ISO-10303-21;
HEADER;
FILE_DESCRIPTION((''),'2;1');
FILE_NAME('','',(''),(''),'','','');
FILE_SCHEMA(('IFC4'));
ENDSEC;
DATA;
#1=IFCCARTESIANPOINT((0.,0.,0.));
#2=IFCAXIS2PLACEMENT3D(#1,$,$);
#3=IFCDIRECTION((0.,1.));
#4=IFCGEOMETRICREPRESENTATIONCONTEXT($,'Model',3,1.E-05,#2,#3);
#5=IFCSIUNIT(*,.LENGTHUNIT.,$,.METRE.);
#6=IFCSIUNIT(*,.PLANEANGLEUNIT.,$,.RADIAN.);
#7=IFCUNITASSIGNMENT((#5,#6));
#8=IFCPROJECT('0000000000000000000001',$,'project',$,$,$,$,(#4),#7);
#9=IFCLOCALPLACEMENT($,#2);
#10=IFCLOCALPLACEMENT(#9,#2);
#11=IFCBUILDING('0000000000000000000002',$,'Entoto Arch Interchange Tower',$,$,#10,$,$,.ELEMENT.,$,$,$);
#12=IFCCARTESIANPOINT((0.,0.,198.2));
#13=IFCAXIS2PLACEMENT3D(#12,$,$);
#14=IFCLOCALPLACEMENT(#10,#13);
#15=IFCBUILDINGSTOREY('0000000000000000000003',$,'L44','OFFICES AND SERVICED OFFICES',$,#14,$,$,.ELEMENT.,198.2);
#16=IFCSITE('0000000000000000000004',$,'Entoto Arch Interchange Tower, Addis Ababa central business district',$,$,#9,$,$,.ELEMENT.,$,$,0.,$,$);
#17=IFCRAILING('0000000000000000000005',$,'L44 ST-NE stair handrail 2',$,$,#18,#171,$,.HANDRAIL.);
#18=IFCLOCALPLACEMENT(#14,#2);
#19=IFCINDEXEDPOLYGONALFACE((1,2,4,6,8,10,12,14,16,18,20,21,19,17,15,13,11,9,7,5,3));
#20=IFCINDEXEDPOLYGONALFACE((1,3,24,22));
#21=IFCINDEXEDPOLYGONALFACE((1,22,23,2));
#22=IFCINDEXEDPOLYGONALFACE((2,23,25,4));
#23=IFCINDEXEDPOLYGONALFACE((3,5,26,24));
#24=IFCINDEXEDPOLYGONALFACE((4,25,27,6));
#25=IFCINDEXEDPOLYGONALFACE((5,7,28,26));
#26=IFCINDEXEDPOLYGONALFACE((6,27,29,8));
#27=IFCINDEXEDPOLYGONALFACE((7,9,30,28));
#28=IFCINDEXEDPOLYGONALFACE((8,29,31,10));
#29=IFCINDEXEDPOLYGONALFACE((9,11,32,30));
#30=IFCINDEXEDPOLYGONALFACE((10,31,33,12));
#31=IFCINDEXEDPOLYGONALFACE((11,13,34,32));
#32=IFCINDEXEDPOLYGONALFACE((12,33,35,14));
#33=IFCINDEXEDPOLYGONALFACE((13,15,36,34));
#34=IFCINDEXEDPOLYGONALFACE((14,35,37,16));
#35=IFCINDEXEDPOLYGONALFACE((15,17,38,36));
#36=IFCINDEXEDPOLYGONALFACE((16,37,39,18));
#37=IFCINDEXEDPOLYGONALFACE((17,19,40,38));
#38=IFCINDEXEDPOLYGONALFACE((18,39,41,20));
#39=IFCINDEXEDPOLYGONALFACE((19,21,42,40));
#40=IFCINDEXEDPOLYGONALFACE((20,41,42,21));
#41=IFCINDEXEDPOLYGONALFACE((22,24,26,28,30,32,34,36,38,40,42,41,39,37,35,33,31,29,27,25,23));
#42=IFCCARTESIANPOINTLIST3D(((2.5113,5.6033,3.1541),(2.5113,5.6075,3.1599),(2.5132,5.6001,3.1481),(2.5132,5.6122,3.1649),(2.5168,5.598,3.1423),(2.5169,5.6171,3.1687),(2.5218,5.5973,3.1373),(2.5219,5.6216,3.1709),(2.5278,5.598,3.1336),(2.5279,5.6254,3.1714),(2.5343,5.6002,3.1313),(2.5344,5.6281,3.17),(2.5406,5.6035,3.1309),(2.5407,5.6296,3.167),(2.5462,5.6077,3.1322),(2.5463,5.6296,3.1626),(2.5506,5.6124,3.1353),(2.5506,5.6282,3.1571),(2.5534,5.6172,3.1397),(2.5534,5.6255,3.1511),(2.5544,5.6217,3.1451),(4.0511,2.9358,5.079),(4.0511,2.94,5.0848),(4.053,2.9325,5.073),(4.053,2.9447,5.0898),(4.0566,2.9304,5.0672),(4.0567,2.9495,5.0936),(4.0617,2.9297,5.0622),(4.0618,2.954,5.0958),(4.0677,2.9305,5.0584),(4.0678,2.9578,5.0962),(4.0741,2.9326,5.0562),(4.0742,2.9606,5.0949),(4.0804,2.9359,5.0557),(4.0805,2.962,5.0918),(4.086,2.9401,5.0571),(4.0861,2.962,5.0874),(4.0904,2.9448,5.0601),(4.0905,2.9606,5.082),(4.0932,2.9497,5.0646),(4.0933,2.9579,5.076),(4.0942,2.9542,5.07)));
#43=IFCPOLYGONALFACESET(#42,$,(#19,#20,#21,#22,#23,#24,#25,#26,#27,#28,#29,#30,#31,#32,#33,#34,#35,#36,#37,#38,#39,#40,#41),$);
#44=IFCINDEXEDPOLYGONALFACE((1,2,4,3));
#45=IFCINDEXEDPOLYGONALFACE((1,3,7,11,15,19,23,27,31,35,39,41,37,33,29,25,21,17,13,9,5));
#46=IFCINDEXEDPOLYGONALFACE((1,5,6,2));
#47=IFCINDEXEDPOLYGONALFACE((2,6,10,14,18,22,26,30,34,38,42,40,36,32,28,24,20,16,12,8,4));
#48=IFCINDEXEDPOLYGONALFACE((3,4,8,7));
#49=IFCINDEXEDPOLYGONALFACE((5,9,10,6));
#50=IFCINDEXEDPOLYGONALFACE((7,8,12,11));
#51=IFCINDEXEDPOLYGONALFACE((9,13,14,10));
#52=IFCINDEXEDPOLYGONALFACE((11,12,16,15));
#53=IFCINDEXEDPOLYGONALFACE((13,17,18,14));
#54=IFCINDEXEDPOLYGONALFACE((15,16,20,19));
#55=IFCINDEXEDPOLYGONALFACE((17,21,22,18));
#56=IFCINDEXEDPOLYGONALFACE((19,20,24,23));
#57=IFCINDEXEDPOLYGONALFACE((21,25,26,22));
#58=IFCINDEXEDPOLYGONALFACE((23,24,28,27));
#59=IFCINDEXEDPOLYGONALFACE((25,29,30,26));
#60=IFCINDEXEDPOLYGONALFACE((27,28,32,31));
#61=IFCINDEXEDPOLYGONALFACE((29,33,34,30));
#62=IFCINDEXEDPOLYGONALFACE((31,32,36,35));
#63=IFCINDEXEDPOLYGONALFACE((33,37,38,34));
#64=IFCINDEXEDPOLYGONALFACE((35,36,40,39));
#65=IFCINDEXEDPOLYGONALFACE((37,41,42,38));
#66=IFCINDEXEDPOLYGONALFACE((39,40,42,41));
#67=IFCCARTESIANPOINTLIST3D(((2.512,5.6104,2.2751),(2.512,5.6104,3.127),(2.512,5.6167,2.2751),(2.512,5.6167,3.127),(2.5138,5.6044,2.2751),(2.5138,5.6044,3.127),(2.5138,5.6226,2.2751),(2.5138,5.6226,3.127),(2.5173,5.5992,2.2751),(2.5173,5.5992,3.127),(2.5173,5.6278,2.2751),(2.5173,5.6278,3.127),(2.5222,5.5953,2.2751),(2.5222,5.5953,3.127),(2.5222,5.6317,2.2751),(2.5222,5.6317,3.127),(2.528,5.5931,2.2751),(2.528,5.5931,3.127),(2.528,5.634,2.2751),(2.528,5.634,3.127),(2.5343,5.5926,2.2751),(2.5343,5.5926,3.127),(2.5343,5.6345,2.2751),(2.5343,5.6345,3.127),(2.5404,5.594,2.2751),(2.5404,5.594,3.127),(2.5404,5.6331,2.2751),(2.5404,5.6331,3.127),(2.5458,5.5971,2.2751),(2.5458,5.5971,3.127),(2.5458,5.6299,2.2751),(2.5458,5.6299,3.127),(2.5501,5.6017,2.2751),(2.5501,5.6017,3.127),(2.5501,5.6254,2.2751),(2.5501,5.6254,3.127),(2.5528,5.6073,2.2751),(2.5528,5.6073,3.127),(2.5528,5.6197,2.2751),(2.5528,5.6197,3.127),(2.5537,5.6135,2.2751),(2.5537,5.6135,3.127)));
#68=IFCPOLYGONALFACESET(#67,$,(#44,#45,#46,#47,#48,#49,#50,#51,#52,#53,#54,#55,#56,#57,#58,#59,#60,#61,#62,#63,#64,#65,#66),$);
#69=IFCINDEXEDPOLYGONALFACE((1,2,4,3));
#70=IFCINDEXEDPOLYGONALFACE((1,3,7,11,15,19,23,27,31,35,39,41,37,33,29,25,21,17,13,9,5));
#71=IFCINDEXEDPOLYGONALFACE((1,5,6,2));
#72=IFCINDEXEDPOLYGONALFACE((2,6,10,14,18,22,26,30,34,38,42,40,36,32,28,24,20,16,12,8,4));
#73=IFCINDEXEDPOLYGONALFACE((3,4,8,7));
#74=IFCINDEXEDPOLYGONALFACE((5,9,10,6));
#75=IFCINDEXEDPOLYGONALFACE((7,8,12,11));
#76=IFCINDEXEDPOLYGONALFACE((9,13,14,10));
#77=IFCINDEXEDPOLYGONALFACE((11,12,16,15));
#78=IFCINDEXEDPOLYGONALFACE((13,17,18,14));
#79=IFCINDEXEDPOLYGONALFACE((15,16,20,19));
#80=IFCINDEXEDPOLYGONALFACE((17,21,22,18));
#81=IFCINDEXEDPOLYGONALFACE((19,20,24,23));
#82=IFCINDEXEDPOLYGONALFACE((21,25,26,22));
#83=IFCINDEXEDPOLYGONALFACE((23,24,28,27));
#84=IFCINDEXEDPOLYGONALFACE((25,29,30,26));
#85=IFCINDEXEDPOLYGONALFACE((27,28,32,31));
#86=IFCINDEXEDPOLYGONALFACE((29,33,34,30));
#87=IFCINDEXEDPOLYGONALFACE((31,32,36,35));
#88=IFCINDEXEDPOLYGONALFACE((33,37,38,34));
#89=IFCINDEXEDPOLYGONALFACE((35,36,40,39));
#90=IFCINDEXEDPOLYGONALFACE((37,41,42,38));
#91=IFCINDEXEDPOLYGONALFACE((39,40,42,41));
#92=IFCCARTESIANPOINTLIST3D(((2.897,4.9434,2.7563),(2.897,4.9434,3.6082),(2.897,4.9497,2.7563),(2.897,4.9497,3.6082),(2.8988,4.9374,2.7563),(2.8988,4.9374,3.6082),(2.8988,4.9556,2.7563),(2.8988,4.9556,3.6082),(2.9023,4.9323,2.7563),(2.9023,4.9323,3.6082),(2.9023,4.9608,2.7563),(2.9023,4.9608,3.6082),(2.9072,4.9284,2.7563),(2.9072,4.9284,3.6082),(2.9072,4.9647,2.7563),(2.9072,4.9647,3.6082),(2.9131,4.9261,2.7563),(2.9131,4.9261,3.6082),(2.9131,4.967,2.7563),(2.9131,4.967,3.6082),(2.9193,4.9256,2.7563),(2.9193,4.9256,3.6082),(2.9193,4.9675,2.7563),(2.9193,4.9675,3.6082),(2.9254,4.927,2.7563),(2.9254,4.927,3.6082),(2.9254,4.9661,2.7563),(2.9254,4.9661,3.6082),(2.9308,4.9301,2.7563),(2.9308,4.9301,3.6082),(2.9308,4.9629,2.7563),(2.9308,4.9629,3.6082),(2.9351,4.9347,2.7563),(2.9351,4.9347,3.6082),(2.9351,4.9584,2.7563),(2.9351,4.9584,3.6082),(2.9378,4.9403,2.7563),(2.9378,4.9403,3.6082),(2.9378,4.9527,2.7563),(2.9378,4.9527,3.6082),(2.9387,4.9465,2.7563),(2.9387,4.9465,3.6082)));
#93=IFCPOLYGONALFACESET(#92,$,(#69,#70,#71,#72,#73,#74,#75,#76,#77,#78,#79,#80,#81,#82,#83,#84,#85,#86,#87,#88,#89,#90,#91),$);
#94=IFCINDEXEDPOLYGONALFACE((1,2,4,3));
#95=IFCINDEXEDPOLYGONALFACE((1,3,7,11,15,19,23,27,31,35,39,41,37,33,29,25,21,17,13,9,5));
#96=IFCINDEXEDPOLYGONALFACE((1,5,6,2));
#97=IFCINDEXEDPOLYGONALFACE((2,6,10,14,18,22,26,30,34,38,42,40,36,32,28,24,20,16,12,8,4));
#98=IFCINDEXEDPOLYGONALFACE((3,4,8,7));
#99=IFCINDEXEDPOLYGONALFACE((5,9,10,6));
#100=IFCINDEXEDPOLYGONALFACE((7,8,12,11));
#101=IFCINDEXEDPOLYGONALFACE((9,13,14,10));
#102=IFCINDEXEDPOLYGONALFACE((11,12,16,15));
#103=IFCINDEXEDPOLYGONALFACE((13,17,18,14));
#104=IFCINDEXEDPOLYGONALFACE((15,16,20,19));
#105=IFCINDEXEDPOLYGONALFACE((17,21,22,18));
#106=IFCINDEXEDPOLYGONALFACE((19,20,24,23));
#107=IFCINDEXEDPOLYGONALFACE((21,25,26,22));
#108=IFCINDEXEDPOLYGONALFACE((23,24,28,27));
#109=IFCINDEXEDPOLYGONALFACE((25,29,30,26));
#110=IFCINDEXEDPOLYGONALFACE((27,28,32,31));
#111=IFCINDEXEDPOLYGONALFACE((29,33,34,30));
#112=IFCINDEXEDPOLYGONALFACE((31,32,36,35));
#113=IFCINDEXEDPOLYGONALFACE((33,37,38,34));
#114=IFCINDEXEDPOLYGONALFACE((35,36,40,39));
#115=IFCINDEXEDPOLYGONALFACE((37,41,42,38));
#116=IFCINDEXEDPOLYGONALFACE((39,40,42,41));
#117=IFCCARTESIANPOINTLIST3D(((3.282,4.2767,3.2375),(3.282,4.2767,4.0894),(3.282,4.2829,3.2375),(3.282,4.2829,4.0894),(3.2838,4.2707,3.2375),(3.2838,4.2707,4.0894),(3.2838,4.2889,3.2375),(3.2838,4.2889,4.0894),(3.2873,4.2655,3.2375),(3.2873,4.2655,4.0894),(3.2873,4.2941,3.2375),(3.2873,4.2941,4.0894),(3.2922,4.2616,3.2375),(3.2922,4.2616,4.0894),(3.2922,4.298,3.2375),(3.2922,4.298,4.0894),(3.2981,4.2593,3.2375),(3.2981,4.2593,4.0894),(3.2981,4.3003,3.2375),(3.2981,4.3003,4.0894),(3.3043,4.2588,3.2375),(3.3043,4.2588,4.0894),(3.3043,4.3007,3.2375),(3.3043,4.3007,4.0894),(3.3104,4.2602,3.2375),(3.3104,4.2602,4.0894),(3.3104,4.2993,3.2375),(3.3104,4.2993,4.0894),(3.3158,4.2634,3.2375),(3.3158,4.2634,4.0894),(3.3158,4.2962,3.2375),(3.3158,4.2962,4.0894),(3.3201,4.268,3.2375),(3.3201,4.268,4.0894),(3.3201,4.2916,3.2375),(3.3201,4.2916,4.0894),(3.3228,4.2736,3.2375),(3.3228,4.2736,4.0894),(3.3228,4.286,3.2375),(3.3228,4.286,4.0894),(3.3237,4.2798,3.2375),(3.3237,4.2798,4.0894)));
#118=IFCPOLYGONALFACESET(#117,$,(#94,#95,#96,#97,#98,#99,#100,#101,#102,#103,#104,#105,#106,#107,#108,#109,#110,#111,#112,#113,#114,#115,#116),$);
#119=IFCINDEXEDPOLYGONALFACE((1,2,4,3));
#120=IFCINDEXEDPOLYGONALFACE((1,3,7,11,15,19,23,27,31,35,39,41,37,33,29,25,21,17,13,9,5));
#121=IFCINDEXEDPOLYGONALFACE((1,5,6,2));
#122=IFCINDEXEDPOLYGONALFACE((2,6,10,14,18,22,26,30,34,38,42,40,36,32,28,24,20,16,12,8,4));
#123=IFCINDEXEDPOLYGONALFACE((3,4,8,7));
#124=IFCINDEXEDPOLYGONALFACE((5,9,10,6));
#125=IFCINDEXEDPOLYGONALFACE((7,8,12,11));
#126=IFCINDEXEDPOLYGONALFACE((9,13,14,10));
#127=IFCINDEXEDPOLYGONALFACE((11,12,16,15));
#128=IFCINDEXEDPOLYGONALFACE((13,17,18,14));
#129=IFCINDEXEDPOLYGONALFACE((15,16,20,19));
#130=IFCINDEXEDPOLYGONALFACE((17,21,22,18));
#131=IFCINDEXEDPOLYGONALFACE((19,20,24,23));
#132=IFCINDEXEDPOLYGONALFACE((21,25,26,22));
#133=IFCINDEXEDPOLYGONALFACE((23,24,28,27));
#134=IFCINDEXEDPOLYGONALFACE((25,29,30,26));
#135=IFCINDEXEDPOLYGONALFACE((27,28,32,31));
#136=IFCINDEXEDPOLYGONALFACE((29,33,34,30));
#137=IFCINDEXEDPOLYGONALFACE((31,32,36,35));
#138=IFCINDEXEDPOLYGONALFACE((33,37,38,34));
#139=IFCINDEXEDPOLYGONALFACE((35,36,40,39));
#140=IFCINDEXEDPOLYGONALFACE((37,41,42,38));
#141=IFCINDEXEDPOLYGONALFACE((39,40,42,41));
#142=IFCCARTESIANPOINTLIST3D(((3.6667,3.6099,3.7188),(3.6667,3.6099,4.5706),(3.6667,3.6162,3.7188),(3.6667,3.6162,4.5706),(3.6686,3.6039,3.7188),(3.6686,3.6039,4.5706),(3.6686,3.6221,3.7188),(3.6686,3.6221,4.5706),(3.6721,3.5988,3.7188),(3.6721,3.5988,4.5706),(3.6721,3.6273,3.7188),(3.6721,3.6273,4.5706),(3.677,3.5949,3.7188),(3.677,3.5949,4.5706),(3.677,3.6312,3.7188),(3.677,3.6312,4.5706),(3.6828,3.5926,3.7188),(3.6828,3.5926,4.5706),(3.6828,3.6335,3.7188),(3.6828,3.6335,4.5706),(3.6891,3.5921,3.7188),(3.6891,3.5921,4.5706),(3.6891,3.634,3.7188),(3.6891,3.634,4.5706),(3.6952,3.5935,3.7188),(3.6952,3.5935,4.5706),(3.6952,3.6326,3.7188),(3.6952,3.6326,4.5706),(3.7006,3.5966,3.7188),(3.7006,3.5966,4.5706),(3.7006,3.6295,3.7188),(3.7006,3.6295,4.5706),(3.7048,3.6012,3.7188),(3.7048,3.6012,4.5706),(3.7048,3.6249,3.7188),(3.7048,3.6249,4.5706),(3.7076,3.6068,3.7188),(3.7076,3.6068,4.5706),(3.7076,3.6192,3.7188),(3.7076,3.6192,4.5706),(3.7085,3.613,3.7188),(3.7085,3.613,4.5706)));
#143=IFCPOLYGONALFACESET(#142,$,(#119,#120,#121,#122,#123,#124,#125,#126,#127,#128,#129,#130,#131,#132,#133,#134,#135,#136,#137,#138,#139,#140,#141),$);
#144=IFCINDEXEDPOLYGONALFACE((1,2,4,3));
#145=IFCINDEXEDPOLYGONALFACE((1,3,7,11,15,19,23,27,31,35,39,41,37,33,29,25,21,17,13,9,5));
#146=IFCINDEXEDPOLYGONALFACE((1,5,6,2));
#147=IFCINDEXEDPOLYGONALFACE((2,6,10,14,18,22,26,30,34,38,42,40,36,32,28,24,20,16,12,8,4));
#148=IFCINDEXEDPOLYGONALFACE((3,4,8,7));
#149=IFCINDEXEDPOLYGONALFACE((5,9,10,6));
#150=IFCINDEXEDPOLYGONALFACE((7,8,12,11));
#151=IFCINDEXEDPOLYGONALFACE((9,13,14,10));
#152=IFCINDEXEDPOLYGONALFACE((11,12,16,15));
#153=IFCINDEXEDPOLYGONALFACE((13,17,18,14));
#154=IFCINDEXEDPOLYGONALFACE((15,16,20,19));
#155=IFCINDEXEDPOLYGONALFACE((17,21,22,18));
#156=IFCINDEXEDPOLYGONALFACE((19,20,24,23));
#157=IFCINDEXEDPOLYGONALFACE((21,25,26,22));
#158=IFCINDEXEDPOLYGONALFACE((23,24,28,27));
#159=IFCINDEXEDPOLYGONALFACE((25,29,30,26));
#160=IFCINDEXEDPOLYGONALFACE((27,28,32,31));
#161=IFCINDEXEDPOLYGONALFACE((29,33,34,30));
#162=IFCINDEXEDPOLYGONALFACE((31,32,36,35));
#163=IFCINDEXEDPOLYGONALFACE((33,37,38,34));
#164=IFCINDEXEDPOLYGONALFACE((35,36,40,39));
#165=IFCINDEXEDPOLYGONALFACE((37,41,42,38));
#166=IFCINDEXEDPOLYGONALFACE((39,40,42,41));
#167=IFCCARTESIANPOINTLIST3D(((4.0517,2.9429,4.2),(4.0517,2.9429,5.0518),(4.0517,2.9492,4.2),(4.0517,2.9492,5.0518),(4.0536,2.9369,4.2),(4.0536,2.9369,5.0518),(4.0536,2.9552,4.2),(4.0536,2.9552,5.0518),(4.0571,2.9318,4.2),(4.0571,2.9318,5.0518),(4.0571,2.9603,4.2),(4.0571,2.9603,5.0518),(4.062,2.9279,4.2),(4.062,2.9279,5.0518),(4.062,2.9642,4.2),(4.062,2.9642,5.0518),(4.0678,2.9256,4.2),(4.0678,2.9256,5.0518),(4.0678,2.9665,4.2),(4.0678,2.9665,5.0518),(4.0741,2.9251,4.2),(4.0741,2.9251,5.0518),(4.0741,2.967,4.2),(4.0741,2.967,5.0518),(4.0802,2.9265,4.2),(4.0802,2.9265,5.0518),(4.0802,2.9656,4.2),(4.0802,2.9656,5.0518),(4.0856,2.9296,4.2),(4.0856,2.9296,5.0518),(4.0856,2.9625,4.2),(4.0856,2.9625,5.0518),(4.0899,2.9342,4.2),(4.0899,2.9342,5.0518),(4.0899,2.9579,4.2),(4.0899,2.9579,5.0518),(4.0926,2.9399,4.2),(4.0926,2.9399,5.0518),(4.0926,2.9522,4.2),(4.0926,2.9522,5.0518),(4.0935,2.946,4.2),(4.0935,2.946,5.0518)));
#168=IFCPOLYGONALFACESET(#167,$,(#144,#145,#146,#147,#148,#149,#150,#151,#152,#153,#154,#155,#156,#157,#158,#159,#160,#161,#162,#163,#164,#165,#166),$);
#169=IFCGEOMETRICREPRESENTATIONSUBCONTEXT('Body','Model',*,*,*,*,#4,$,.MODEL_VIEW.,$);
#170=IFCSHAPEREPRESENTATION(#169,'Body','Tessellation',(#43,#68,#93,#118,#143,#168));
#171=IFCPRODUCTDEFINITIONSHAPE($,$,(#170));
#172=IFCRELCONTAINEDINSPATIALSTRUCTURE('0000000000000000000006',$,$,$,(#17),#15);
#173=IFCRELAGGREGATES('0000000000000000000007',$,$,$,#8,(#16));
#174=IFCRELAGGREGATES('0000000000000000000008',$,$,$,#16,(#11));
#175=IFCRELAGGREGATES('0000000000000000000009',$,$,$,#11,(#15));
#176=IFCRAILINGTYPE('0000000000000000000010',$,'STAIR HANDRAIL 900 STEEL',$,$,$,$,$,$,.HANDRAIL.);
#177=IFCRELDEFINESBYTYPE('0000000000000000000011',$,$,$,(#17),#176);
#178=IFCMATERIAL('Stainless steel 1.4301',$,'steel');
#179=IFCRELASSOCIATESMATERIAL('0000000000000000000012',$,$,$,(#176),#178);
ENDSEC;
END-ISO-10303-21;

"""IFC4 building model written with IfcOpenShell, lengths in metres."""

from ifc_helpers import new_model, si_unit, direction, frame, origin, origin_2d, place, context, subcontext, project, spatial, circle, extrude, material, type_object, element, save


model = new_model("IFC4")

# Units and contexts
model_context = context("Model", 3, precision=1e-05, world=origin(), true_north=direction((0.0, 1.0)))
body_context = subcontext(model_context, "Body", "Model", "MODEL_VIEW")
ifc_project = project(units=[si_unit("LENGTHUNIT", "METRE"), si_unit("PLANEANGLEUNIT", "RADIAN")], contexts=[model_context])

# Site, building, storey
site_placement = place(None, origin())
site = spatial("IfcSite", under=ifc_project, at=site_placement, Name="Entoto Arch Interchange Tower, Addis Ababa central business district", CompositionType="ELEMENT", RefElevation=0.0)
building_placement = place(site_placement, origin())
building = spatial("IfcBuilding", under=site, at=building_placement, Name="Entoto Arch Interchange Tower", CompositionType="ELEMENT")
storey_placement = place(building_placement, frame((0.0, 0.0, 198.2)))
storey = spatial("IfcBuildingStorey", under=building, at=storey_placement, Name="L44", Description="OFFICES AND SERVICED OFFICES", CompositionType="ELEMENT", Elevation=198.2)

# Railing
ifc_material_1 = material(Name="Stainless steel 1.4301", Category="steel")
railing_type_1 = type_object("IfcRailingType", Name="STAIR HANDRAIL 900 STEEL", PredefinedType="HANDRAIL", material=ifc_material_1)
railing_1_placement = place(storey_placement, frame((2.5327, 5.6135, 2.2751)))
element("IfcRailing", 1, at=railing_1_placement, inside=storey, type_object=railing_type_1, Name="L44 ST-NE stair handrail 2", PredefinedType="HANDRAIL", context=body_context, shape_type="SweptSolid", body=[
    extrude(circle(Radius=0.0239, at=origin_2d()), frame((0.0, 0.0, 0.876), z_axis=(0.423954, -0.734442, 0.52996), x_axis=(0.866064, 0.499933, 0.0)), (0.0, 0.0, 1.0), 3.6321),
    extrude(circle(Radius=0.021, at=origin_2d()), origin(), (0.0, 0.0, 1.0), 0.8518),
    extrude(circle(Radius=0.021, at=origin_2d()), frame((0.385, -0.667, 0.4812)), (0.0, 0.0, 1.0), 0.8518),
    extrude(circle(Radius=0.021, at=origin_2d()), frame((0.77, -1.3337, 0.9624)), (0.0, 0.0, 1.0), 0.8518),
    extrude(circle(Radius=0.021, at=origin_2d()), frame((1.1548, -2.0005, 1.4436)), (0.0, 0.0, 1.0), 0.8518),
    extrude(circle(Radius=0.021, at=origin_2d()), frame((1.5398, -2.6675, 1.9248)), (0.0, 0.0, 1.0), 0.8518),
])

save(model, "model.ifc")
